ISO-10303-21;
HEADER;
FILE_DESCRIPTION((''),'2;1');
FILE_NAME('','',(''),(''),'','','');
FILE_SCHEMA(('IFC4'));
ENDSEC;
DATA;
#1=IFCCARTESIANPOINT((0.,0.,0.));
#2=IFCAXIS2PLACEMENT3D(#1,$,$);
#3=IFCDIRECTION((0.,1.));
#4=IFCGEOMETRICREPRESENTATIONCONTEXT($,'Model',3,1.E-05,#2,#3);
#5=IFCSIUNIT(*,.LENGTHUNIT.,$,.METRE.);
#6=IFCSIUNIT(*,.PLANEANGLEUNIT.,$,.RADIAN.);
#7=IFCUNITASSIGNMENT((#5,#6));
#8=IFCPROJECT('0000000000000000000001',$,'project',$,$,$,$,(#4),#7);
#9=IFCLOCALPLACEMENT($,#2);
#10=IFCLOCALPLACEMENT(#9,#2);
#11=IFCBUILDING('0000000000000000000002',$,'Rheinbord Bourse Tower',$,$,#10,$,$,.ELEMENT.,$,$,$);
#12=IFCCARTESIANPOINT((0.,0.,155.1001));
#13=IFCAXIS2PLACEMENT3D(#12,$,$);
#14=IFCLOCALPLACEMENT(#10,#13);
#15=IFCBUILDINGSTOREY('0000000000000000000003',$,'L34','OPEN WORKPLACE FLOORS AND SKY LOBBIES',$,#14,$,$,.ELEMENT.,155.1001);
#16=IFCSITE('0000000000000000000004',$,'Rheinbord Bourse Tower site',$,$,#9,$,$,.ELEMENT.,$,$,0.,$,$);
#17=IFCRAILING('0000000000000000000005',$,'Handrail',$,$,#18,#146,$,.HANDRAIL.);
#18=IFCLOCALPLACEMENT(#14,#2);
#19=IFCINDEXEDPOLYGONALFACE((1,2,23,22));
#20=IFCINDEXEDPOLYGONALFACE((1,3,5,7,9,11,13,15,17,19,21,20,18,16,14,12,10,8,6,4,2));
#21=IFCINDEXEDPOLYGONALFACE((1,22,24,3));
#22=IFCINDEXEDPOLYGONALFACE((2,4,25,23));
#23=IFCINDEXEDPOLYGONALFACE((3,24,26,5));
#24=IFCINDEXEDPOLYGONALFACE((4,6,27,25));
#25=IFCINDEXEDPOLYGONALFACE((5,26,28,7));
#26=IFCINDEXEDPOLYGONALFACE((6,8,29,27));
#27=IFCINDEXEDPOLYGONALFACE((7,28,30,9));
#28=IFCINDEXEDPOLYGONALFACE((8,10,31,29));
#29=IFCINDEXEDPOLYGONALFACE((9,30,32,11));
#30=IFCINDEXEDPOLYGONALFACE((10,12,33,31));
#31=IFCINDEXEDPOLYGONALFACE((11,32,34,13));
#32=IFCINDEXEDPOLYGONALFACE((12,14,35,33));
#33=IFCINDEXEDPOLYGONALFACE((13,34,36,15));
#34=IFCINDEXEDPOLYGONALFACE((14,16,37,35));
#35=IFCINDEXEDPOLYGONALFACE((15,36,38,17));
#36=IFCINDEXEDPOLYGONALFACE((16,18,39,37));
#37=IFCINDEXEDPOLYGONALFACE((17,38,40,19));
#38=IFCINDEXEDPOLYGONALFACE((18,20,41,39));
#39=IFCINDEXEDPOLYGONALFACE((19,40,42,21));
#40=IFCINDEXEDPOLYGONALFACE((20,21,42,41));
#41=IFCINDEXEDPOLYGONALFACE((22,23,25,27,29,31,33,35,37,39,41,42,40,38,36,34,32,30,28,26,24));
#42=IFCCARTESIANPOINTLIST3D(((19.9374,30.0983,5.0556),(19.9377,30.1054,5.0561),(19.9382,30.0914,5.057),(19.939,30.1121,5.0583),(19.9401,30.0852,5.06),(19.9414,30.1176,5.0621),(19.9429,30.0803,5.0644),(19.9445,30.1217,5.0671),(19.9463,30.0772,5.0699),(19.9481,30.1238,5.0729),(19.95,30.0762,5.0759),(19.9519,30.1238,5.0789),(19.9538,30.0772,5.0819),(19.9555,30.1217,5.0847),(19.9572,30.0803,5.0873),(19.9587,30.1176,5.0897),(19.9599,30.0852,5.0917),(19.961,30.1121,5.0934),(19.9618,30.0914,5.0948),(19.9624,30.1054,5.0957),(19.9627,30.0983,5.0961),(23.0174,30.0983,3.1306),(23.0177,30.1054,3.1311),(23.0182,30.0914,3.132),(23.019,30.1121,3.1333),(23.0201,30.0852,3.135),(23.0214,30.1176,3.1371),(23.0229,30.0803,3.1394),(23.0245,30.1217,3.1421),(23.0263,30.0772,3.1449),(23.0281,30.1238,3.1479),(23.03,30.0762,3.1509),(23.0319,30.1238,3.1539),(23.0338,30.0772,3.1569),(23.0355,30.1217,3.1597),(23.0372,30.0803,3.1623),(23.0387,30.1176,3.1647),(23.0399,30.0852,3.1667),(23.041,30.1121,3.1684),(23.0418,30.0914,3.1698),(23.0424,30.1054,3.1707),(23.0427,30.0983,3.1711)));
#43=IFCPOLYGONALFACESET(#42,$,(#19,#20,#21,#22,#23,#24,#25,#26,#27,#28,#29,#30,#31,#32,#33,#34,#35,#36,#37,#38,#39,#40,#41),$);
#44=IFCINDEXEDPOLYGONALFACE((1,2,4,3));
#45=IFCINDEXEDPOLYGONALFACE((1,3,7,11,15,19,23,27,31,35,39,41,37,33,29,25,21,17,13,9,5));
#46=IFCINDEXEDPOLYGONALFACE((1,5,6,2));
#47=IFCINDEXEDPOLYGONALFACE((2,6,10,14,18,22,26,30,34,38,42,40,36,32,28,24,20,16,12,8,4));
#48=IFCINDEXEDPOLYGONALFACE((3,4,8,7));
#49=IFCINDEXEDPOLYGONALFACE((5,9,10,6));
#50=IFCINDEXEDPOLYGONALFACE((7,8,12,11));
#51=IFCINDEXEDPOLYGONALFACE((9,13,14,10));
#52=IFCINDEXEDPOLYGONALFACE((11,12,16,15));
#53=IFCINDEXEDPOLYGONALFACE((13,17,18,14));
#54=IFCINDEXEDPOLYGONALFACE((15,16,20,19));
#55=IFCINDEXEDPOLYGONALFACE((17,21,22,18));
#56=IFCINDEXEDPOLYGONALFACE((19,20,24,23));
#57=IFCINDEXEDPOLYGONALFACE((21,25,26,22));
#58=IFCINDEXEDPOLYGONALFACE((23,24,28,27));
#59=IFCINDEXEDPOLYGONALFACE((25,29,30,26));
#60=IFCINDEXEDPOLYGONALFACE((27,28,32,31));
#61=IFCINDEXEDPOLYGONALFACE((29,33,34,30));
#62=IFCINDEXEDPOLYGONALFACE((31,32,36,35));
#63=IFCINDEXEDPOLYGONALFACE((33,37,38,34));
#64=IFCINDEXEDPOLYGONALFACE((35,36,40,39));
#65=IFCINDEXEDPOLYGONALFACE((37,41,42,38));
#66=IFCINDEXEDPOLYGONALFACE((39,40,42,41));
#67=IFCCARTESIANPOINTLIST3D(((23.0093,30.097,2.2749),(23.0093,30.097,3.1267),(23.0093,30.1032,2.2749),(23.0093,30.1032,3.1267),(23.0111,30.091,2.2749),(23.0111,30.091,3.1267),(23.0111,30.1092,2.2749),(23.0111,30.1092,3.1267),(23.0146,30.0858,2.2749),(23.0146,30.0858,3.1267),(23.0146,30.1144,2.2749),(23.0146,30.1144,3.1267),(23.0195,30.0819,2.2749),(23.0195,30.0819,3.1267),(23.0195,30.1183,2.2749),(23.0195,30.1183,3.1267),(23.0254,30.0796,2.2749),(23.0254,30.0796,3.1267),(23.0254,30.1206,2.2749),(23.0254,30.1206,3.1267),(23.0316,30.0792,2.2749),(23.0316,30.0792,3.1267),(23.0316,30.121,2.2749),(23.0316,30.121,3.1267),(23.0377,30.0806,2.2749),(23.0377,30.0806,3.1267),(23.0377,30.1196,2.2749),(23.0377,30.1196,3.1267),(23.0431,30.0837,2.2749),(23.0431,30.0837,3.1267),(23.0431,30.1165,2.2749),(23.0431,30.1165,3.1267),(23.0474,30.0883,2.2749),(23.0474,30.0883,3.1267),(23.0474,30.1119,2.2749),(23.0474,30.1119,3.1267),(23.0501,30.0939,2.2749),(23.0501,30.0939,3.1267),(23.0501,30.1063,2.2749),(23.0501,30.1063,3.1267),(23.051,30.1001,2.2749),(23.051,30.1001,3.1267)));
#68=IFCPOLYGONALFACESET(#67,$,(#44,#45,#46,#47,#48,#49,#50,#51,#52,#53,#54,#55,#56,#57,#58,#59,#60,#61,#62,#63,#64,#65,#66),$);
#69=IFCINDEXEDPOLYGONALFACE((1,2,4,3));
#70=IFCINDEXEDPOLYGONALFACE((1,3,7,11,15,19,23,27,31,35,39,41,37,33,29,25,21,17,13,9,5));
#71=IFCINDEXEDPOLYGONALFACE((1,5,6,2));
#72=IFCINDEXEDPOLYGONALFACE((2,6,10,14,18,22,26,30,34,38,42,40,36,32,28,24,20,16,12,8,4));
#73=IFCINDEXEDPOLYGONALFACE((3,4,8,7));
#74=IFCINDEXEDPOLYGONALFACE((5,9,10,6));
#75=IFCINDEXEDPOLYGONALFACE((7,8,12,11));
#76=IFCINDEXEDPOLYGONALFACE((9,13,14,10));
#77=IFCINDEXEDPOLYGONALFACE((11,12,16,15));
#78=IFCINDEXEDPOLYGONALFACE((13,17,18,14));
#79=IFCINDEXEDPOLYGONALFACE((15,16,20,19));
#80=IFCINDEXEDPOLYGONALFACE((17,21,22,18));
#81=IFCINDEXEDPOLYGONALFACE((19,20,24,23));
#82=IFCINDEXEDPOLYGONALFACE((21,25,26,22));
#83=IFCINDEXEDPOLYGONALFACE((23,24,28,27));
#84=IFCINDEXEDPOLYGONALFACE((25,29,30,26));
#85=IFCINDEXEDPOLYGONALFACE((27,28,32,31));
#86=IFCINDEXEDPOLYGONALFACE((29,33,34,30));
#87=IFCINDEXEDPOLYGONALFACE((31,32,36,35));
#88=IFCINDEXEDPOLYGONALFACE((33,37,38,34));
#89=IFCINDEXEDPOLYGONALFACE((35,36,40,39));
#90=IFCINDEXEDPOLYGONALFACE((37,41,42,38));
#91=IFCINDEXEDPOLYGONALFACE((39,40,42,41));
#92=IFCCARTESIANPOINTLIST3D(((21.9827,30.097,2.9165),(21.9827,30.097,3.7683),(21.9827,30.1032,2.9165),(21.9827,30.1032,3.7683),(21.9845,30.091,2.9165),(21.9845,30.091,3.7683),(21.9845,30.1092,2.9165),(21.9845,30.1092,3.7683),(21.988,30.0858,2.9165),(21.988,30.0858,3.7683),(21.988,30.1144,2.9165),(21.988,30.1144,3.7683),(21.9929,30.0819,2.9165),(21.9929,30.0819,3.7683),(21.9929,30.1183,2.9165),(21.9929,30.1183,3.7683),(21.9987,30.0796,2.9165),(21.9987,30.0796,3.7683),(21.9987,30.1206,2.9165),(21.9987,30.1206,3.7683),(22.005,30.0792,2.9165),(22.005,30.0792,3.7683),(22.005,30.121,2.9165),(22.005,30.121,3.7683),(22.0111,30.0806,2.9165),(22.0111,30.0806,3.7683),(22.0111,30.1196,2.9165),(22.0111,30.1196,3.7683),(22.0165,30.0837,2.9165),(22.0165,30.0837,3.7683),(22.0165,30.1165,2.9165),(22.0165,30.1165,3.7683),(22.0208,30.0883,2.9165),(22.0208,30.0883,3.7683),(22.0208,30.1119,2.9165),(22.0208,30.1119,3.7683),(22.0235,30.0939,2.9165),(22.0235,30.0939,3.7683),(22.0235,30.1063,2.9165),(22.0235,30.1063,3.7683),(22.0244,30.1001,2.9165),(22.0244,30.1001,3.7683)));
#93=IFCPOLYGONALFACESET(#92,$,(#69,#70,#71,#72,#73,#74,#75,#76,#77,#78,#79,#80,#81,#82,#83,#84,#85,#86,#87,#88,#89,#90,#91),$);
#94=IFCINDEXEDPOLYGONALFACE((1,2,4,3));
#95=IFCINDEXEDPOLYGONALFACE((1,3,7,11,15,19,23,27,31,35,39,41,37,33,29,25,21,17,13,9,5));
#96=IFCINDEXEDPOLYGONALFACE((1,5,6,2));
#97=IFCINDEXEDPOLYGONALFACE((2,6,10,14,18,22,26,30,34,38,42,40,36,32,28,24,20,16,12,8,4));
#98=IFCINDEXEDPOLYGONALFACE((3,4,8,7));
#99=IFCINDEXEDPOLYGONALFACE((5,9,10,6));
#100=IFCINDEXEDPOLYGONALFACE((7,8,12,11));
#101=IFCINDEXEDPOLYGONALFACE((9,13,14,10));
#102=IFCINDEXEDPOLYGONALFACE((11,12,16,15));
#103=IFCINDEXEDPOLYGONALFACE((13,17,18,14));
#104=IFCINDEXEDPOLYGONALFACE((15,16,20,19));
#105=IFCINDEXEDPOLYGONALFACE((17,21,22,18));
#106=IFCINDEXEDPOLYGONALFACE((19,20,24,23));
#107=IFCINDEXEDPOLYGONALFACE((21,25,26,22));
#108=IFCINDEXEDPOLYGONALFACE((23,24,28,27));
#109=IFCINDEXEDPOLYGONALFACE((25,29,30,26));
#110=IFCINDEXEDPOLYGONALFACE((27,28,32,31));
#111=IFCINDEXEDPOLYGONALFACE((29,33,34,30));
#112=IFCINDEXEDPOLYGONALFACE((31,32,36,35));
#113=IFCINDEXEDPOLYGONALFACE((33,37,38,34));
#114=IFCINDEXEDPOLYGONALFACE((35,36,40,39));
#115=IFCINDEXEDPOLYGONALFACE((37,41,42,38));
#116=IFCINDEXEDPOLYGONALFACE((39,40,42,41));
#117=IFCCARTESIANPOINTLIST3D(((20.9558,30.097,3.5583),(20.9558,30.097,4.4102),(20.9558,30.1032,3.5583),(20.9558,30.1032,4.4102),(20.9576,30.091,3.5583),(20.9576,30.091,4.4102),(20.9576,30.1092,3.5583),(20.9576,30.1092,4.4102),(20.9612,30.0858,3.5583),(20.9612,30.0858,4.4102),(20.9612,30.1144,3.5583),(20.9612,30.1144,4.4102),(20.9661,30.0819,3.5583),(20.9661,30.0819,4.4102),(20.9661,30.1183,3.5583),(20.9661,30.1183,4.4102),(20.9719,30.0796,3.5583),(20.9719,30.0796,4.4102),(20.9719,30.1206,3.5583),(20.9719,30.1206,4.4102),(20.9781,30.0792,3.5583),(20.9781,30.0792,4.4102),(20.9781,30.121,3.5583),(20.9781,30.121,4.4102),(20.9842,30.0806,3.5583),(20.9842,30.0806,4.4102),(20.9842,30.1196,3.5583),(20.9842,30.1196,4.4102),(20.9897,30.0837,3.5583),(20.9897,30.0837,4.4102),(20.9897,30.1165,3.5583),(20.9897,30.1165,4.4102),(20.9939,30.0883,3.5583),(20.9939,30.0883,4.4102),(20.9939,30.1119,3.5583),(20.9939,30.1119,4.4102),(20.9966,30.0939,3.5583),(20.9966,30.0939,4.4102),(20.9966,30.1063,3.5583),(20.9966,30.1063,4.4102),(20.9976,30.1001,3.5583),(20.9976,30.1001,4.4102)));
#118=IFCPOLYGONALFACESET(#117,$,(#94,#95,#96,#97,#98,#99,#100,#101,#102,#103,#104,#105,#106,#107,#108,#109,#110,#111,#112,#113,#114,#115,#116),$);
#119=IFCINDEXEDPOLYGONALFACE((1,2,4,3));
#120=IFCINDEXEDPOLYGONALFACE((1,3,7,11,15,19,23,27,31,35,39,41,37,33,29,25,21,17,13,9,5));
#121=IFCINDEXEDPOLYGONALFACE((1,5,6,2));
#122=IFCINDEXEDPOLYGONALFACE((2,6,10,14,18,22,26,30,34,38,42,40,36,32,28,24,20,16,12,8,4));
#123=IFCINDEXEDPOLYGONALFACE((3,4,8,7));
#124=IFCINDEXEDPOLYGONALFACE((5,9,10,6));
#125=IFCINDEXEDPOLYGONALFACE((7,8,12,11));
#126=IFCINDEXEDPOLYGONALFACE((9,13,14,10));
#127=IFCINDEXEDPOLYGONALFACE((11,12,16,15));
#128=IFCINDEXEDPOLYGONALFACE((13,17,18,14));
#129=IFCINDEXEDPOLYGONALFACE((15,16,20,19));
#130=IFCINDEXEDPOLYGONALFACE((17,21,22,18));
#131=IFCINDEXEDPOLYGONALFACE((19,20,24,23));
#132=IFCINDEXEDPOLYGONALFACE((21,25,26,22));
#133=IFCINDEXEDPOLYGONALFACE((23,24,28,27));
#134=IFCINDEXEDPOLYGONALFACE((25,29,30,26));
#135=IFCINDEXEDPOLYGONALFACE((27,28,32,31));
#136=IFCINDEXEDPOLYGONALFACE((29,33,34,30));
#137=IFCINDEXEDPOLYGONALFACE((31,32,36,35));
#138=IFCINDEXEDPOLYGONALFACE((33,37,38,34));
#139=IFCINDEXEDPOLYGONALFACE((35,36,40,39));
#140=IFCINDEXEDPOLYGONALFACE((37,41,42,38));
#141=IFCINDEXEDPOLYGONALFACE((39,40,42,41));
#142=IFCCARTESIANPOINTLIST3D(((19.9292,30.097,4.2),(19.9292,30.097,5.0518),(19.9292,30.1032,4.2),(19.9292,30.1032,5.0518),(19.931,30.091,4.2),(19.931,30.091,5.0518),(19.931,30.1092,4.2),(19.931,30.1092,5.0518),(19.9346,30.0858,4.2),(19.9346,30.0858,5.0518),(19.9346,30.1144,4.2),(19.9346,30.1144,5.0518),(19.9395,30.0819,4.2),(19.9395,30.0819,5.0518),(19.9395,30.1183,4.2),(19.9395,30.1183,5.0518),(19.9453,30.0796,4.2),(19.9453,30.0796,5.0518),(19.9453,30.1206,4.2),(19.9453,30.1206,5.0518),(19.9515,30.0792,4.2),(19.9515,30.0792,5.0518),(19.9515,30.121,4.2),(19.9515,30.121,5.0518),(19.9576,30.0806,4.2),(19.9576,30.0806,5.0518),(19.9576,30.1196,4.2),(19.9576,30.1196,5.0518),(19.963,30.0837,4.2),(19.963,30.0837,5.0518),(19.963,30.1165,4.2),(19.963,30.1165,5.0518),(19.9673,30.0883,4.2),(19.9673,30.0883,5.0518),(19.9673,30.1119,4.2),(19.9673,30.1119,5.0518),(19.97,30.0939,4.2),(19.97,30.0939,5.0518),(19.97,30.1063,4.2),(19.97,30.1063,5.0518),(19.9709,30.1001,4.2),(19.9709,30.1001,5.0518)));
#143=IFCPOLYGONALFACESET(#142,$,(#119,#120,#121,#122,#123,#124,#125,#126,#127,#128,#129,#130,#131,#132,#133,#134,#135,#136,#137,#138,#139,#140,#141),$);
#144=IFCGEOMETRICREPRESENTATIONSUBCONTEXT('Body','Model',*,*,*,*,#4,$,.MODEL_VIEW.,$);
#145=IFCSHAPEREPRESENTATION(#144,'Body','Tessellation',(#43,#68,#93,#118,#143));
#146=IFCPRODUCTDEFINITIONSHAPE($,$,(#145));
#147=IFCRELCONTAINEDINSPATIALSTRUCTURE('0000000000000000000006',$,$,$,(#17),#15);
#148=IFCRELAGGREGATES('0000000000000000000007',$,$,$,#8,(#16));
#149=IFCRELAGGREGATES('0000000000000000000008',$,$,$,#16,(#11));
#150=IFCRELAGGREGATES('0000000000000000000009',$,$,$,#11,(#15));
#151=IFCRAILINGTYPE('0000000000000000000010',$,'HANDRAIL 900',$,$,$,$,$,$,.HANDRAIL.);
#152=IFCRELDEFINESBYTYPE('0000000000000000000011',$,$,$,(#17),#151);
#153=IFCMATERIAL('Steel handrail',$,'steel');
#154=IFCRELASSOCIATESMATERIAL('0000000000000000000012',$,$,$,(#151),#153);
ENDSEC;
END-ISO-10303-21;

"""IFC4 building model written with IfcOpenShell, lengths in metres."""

from ifc_helpers import new_model, si_unit, direction, frame, origin, origin_2d, place, context, subcontext, project, spatial, circle, extrude, material, type_object, element, save


model = new_model("IFC4")

# Units and contexts
model_context = context("Model", 3, precision=1e-05, world=origin(), true_north=direction((0.0, 1.0)))
body_context = subcontext(model_context, "Body", "Model", "MODEL_VIEW")
ifc_project = project(units=[si_unit("LENGTHUNIT", "METRE"), si_unit("PLANEANGLEUNIT", "RADIAN")], contexts=[model_context])

# Site, building, storey
site_placement = place(None, origin())
site = spatial("IfcSite", under=ifc_project, at=site_placement, Name="Rheinbord Bourse Tower site", CompositionType="ELEMENT", RefElevation=0.0)
building_placement = place(site_placement, origin())
building = spatial("IfcBuilding", under=site, at=building_placement, Name="Rheinbord Bourse Tower", CompositionType="ELEMENT")
storey_placement = place(building_placement, frame((0.0, 0.0, 155.1001)))
storey = spatial("IfcBuildingStorey", under=building, at=storey_placement, Name="L34", Description="OPEN WORKPLACE FLOORS AND SKY LOBBIES", CompositionType="ELEMENT", Elevation=155.1001)

# Railing
ifc_material_1 = material(Name="Steel handrail", Category="steel")
railing_type = type_object("IfcRailingType", Name="HANDRAIL 900", PredefinedType="HANDRAIL", material=ifc_material_1)
railing_1_placement = place(storey_placement, frame((23.03, 30.1001, 2.2749)))
element("IfcRailing", 1, at=railing_1_placement, inside=storey, type_object=railing_type, Name="Handrail", PredefinedType="HANDRAIL", context=body_context, shape_type="SweptSolid", body=[
    extrude(circle(Radius=0.0239, at=origin_2d()), frame((0.0, 0.0, 0.876), z_axis=(-0.847998, 0.0, 0.529999), x_axis=(0.0, -1.0, 0.0)), (0.0, 0.0, 1.0), 3.6321),
    extrude(circle(Radius=0.021, at=origin_2d()), origin(), (0.0, 0.0, 1.0), 0.8518),
    extrude(circle(Radius=0.021, at=origin_2d()), frame((-1.0266, 0.0, 0.6416)), (0.0, 0.0, 1.0), 0.8518),
    extrude(circle(Radius=0.021, at=origin_2d()), frame((-2.0535, 0.0, 1.2834)), (0.0, 0.0, 1.0), 0.8518),
    extrude(circle(Radius=0.021, at=origin_2d()), frame((-3.0801, 0.0, 1.925)), (0.0, 0.0, 1.0), 0.8518),
])

save(model, "model.ifc")
